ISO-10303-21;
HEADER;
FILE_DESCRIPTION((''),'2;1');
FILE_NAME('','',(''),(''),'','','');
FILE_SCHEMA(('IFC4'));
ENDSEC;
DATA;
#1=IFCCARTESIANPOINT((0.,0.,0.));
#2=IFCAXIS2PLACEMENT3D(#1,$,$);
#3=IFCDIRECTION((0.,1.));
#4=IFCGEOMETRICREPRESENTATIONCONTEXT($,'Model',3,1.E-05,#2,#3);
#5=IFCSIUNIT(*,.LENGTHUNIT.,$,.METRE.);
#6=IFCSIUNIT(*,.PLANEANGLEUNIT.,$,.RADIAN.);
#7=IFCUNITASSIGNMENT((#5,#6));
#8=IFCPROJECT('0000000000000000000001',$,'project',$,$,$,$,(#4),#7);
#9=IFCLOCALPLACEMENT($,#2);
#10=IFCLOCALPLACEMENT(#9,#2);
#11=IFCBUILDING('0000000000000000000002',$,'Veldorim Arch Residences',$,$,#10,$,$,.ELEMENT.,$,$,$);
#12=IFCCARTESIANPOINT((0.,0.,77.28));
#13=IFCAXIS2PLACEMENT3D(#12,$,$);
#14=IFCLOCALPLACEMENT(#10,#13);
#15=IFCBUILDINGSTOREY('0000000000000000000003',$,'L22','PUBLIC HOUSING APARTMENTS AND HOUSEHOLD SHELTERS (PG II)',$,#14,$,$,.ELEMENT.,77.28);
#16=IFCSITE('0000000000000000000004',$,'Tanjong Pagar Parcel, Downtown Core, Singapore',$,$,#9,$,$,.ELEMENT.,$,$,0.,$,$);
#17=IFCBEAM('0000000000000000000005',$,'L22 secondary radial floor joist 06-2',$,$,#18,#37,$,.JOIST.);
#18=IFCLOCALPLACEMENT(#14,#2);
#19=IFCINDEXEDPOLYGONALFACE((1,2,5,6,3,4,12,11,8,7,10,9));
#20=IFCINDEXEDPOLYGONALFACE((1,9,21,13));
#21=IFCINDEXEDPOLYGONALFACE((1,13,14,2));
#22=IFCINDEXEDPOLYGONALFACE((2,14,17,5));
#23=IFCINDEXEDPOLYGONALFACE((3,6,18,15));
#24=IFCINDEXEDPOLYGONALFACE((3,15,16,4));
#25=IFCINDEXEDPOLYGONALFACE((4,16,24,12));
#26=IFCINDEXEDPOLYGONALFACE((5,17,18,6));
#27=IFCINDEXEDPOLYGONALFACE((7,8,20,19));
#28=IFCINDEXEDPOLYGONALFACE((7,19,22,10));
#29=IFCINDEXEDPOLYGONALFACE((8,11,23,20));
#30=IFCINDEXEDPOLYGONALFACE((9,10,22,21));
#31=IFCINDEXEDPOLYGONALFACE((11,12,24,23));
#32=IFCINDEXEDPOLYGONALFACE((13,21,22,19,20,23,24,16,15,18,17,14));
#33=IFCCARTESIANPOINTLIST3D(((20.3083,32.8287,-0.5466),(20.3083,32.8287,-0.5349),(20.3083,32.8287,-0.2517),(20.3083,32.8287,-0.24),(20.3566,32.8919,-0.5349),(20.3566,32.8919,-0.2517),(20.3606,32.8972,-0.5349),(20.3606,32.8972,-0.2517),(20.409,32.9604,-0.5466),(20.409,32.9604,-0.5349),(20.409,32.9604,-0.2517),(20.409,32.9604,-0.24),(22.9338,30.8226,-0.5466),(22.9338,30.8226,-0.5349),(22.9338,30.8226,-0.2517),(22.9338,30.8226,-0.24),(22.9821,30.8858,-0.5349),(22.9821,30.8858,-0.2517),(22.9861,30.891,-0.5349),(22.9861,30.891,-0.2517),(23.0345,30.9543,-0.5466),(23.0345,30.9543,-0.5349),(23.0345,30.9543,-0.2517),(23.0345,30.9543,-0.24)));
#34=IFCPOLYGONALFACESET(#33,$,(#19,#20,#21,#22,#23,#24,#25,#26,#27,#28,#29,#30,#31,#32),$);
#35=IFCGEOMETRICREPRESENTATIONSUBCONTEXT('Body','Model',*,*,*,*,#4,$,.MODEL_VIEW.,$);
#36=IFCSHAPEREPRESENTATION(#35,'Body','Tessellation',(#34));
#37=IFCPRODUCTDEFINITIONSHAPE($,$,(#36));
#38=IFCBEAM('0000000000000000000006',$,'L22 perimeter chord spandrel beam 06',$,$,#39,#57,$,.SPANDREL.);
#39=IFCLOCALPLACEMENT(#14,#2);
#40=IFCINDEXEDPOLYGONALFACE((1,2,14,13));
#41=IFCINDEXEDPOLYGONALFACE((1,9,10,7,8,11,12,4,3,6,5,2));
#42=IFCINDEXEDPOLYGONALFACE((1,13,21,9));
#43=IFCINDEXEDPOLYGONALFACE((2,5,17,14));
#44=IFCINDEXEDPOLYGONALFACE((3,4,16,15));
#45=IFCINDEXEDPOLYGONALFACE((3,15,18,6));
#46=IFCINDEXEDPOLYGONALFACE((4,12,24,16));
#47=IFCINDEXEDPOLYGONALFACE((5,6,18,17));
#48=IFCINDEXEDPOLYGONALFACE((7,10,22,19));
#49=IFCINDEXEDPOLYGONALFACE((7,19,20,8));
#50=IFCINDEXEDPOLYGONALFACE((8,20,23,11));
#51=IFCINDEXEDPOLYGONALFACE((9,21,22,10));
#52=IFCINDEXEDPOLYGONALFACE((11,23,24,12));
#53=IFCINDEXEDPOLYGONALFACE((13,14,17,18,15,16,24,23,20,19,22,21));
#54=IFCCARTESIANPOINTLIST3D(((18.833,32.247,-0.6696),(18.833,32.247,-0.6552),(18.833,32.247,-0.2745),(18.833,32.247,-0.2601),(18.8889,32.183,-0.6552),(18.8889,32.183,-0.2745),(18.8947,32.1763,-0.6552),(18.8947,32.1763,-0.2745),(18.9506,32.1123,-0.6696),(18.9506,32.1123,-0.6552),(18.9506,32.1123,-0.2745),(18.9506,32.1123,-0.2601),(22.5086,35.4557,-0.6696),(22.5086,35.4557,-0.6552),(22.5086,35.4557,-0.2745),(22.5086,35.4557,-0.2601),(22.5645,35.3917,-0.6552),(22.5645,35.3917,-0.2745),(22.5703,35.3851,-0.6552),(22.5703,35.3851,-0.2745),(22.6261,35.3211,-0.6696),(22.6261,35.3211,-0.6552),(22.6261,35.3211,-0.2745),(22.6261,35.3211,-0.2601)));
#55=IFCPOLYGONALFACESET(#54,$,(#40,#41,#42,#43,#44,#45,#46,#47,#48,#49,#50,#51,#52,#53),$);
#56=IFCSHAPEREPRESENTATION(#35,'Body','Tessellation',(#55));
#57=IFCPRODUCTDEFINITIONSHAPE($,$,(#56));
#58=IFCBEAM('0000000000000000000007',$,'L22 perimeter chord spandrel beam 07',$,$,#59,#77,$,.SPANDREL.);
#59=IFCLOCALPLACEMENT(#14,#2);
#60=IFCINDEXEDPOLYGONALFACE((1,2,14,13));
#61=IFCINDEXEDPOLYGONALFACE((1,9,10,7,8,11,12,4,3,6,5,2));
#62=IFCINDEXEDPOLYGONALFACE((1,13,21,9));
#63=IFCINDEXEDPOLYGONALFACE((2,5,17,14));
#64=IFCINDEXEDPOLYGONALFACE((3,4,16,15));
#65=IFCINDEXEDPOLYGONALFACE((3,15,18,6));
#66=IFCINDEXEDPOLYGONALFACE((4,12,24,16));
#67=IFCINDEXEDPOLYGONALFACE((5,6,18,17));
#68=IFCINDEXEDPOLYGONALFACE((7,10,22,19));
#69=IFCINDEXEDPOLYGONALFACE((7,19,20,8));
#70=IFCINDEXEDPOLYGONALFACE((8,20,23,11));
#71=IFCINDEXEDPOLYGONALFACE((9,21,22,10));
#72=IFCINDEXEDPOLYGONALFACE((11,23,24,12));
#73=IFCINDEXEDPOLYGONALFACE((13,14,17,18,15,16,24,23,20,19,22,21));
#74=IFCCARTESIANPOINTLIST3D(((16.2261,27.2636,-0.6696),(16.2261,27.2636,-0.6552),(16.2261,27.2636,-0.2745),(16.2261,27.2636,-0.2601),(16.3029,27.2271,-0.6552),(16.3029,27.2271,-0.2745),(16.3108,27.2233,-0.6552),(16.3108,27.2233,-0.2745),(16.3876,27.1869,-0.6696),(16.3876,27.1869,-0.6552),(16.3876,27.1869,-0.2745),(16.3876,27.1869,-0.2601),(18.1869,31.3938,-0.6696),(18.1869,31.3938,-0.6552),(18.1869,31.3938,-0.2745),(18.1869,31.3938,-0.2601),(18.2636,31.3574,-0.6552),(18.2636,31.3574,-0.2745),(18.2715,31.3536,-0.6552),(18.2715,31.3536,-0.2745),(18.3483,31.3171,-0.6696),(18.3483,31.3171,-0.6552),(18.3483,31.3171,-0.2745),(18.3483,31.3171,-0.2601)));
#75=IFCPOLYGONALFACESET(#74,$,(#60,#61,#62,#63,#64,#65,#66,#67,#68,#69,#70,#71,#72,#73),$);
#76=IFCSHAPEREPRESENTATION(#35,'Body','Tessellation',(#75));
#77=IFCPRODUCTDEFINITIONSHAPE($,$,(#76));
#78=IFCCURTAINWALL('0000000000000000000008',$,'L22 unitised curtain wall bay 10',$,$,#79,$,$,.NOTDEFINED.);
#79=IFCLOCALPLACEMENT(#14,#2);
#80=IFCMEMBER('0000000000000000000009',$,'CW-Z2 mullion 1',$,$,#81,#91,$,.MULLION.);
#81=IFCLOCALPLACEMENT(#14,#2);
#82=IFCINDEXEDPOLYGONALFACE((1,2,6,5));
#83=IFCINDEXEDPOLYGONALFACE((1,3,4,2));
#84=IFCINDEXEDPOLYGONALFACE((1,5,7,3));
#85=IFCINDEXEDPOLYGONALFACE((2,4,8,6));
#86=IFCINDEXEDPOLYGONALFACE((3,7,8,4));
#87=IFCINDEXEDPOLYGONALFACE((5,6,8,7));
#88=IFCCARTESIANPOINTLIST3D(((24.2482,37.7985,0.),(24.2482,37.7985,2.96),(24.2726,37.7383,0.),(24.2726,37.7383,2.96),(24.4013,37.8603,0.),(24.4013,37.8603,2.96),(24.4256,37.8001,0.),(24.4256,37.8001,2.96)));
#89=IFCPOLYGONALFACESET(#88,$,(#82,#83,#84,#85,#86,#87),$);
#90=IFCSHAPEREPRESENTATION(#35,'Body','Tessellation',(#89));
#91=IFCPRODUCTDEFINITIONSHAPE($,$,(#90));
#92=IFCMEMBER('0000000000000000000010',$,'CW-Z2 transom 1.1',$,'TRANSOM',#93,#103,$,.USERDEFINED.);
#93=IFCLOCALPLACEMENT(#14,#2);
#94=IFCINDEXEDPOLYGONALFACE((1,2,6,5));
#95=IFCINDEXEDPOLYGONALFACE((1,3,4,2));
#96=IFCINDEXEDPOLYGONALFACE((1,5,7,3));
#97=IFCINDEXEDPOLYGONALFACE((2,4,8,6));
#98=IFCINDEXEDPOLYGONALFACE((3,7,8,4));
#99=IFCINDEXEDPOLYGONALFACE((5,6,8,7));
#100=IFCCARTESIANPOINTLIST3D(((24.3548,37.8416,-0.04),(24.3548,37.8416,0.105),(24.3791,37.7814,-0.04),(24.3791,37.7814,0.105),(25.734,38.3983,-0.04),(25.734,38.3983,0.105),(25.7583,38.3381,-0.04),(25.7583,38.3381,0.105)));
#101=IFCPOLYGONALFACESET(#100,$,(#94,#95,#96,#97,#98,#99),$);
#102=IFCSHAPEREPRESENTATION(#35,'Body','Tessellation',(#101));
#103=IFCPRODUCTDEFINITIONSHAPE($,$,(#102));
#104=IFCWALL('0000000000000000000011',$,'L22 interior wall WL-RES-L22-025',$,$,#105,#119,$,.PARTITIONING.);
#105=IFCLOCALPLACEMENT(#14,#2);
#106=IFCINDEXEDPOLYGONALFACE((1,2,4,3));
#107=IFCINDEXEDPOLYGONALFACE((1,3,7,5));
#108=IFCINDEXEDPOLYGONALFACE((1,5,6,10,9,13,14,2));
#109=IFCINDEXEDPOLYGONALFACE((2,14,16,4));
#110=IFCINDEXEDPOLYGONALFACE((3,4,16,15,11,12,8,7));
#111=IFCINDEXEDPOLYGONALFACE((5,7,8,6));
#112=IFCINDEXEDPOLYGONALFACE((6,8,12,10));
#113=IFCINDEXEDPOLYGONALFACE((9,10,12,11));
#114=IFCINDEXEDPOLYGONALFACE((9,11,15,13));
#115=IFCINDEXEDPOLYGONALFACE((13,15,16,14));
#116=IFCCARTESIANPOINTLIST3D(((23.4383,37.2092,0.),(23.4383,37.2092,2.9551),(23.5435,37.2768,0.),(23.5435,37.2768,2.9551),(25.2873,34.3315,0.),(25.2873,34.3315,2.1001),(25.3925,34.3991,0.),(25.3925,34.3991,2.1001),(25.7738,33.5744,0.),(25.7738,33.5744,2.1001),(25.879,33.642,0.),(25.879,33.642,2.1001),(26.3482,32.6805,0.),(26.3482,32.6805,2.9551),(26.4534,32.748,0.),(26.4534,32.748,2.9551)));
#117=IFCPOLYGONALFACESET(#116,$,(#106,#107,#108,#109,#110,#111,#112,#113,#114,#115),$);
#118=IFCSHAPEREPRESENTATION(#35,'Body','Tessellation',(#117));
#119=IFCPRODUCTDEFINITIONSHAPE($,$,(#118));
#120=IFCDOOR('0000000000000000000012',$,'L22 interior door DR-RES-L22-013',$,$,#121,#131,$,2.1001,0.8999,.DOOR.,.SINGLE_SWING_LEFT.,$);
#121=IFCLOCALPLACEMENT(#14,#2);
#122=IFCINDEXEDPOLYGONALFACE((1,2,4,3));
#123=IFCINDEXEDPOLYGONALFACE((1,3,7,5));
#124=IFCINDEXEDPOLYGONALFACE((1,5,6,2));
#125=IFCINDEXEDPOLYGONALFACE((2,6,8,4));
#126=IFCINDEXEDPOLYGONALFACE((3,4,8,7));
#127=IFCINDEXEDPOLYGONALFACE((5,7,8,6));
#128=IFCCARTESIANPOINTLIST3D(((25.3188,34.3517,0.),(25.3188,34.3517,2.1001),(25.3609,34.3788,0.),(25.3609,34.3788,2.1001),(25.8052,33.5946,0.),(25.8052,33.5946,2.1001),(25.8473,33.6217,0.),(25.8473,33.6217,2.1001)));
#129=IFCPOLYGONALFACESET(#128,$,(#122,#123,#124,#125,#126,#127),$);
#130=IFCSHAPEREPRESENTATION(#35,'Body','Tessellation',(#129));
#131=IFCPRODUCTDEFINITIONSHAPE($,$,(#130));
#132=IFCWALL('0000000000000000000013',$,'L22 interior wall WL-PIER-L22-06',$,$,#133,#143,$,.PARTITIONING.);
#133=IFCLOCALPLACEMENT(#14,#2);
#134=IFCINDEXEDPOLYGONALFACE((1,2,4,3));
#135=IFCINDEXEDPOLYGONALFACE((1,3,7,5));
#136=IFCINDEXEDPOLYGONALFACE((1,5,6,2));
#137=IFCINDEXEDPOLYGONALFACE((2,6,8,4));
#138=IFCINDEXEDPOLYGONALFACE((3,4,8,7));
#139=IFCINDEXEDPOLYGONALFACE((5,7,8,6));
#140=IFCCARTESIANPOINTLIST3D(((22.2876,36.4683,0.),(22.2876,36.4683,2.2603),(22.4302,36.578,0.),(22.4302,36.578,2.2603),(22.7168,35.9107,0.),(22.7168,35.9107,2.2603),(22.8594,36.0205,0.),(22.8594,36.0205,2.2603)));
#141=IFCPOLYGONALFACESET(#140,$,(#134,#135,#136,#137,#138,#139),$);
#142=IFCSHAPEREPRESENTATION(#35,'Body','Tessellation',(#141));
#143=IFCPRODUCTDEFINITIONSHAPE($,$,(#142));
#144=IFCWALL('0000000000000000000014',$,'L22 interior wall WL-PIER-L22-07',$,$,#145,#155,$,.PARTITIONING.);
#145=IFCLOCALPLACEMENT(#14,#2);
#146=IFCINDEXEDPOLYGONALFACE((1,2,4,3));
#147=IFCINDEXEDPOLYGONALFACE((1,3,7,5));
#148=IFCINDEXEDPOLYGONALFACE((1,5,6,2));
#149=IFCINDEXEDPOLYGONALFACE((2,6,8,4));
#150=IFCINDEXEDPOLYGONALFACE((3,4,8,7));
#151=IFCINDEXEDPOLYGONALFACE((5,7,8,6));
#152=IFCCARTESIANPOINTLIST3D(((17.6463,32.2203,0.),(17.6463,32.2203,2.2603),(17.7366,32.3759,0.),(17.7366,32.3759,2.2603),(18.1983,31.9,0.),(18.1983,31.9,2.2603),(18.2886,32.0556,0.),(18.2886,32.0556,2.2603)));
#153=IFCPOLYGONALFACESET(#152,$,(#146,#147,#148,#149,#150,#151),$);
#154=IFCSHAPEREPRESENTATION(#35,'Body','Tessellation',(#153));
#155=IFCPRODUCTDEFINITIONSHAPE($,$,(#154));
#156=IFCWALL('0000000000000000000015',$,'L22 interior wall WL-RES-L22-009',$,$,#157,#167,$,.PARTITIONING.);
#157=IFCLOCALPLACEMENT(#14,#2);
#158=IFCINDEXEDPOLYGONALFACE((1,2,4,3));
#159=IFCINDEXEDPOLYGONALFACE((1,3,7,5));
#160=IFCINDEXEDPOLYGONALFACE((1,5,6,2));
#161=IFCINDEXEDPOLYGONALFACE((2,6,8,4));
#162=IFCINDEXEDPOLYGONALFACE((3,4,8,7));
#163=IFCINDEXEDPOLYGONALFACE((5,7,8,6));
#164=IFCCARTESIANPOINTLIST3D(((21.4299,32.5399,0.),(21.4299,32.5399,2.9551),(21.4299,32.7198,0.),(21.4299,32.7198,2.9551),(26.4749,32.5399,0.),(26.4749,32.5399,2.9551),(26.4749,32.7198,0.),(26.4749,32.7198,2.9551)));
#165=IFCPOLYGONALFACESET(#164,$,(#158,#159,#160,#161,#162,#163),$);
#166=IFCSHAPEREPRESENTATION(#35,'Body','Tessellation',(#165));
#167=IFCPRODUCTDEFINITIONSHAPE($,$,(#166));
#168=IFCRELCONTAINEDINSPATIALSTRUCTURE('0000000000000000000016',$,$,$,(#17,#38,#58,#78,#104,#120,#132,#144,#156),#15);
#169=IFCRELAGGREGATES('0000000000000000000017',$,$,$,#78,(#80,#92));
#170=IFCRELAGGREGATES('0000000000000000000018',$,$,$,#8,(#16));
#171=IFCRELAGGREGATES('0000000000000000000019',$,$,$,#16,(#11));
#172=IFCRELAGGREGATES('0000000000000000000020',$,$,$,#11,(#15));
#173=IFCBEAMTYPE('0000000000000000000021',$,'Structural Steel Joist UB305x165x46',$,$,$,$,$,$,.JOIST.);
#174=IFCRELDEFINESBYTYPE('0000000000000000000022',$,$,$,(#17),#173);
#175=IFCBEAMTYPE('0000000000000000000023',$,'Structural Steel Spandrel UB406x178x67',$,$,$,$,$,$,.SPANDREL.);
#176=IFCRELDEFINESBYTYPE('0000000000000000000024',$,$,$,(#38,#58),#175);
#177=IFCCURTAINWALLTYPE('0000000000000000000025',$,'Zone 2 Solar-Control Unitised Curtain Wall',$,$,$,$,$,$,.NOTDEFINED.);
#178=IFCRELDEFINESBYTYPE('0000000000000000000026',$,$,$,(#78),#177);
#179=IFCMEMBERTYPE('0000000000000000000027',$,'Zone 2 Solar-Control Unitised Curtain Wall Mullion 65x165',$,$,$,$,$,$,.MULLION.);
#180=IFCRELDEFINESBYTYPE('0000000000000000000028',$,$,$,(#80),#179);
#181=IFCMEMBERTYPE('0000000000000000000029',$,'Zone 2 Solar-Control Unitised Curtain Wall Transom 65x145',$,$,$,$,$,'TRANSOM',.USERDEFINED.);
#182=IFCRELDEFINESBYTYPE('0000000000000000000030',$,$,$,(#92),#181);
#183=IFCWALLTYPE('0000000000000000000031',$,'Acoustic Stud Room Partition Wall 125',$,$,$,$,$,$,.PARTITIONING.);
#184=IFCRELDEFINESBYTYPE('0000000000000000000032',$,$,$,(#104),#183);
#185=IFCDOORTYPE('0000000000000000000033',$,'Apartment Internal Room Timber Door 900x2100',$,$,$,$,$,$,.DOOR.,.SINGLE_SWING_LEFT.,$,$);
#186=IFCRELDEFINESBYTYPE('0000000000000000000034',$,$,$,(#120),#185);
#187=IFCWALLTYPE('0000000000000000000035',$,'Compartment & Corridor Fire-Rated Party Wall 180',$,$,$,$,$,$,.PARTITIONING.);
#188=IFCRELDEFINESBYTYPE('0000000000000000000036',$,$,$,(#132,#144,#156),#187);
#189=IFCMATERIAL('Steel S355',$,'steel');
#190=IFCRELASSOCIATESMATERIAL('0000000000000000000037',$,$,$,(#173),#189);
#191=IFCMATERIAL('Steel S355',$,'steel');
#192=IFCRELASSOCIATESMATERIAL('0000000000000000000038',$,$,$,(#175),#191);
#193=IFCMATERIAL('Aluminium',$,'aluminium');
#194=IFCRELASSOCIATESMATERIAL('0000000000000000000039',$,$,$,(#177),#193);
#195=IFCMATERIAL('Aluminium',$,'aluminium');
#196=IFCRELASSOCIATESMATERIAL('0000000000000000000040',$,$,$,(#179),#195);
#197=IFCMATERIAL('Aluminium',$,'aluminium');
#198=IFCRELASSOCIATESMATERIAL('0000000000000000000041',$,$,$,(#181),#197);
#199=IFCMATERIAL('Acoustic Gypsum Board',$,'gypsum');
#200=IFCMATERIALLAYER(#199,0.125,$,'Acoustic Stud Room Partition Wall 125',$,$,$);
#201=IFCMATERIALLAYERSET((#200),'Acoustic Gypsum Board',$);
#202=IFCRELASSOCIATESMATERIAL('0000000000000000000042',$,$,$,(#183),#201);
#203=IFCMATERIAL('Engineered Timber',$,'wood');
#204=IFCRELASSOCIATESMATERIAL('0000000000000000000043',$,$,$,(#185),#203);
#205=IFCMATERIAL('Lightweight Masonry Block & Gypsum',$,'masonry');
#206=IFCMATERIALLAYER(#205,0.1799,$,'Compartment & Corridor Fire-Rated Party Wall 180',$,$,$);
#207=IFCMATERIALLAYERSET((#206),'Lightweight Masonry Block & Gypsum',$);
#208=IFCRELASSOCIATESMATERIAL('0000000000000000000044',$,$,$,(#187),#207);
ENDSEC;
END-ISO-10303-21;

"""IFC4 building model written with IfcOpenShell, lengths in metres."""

from ifc_helpers import new_model, si_unit, direction, frame, frame_2d, origin, origin_2d, place, context, subcontext, project, spatial, rectangle, i_section, extrude, material, layer, layer_set, material_profile, profile_set, type_object, element, fill, aggregate, save


model = new_model("IFC4")

# Units and contexts
model_context = context("Model", 3, precision=1e-05, world=origin(), true_north=direction((0.0, 1.0)))
body_context = subcontext(model_context, "Body", "Model", "MODEL_VIEW")
ifc_project = project(units=[si_unit("LENGTHUNIT", "METRE"), si_unit("PLANEANGLEUNIT", "RADIAN")], contexts=[model_context])

# Site, building, storey
site_placement = place(None, origin())
site = spatial("IfcSite", under=ifc_project, at=site_placement, Name="Tanjong Pagar Parcel, Downtown Core, Singapore", CompositionType="ELEMENT", RefElevation=0.0)
building_placement = place(site_placement, origin())
building = spatial("IfcBuilding", under=site, at=building_placement, Name="Veldorim Arch Residences", CompositionType="ELEMENT")
storey_placement = place(building_placement, frame((0.0, 0.0, 77.28)))
storey = spatial("IfcBuildingStorey", under=building, at=storey_placement, Name="L22", Description="PUBLIC HOUSING APARTMENTS AND HOUSEHOLD SHELTERS (PG II)", CompositionType="ELEMENT", Elevation=77.28)

# Beams
ifc_material_1 = material(Name="Steel S355", Category="steel")
ifc_material_profile_1 = material_profile(ifc_material_1, i_section(OverallWidth=0.1658, OverallDepth=0.3066, WebThickness=0.0066, FlangeThickness=0.0117, at=origin_2d()), Name="UB305x165x46")
ifc_profile_set_1 = profile_set([ifc_material_profile_1], Name="Steel S355")
beam_type_1 = type_object("IfcBeamType", Name="Structural Steel Joist UB305x165x46", PredefinedType="JOIST", material=ifc_profile_set_1)
beam_1_placement = place(storey_placement, frame((22.9841, 30.8884, -0.3933), z_axis=(-0.794595, 0.60714, 0.0), x_axis=(-0.60714, -0.794595, 0.0)))
element("IfcBeam", 1, at=beam_1_placement, inside=storey, type_object=beam_type_1, Name="L22 secondary radial floor joist 06-2", PredefinedType="JOIST", context=body_context, shape_type="SweptSolid", body=[
    extrude(i_section(OverallWidth=0.1658, OverallDepth=0.3066, WebThickness=0.0066, FlangeThickness=0.0117, at=origin_2d()), origin(), (0.0, 0.0, 1.0), 3.3042),
])
ifc_material_2 = material(Name="Steel S355", Category="steel")
ifc_material_profile_2 = material_profile(ifc_material_2, i_section(OverallWidth=0.1787, OverallDepth=0.4094, WebThickness=0.0088, FlangeThickness=0.0144, at=origin_2d()), Name="UB406x178x67")
ifc_profile_set_2 = profile_set([ifc_material_profile_2], Name="Steel S355")
beam_type_2 = type_object("IfcBeamType", Name="Structural Steel Spandrel UB406x178x67", PredefinedType="SPANDREL", material=ifc_profile_set_2)
beam_2_placement = place(storey_placement, frame((22.5674, 35.3884, -0.4648), z_axis=(-0.753323, -0.65765, 0.0), x_axis=(0.65765, -0.753323, 0.0)))
element("IfcBeam", 2, at=beam_2_placement, inside=storey, type_object=beam_type_2, Name="L22 perimeter chord spandrel beam 06", PredefinedType="SPANDREL", context=body_context, shape_type="SweptSolid", body=[
    extrude(i_section(OverallWidth=0.1787, OverallDepth=0.4094, WebThickness=0.0088, FlangeThickness=0.0144, at=origin_2d()), origin(), (0.0, 0.0, 1.0), 4.8792),
])
beam_3_placement = place(storey_placement, frame((18.2676, 31.3555, -0.4648), z_axis=(-0.428857, -0.903372, 0.0), x_axis=(0.903372, -0.428857, 0.0)))
element("IfcBeam", 3, at=beam_3_placement, inside=storey, type_object=beam_type_2, Name="L22 perimeter chord spandrel beam 07", PredefinedType="SPANDREL", context=body_context, shape_type="SweptSolid", body=[
    extrude(i_section(OverallWidth=0.1787, OverallDepth=0.4094, WebThickness=0.0088, FlangeThickness=0.0144, at=origin_2d()), origin(), (0.0, 0.0, 1.0), 4.572),
])

# Curtain wall, members
ifc_material_3 = material(Name="Aluminium", Category="aluminium")
curtain_wall_type = type_object("IfcCurtainWallType", Name="Zone 2 Solar-Control Unitised Curtain Wall", PredefinedType="NOTDEFINED", material=ifc_material_3)
curtain_wall_placement = place(storey_placement, origin())
curtain_wall = element("IfcCurtainWall", 4, at=curtain_wall_placement, inside=storey, type_object=curtain_wall_type, Name="L22 unitised curtain wall bay 10", PredefinedType="NOTDEFINED")
ifc_material_4 = material(Name="Aluminium", Category="aluminium")
ifc_material_profile_3 = material_profile(ifc_material_4, rectangle(XDim=0.0649, YDim=0.165, at=origin_2d()), Name="ALU_MUL_65x165")
ifc_profile_set_3 = profile_set([ifc_material_profile_3], Name="Aluminium")
member_type_1 = type_object("IfcMemberType", Name="Zone 2 Solar-Control Unitised Curtain Wall Mullion 65x165", PredefinedType="MULLION", material=ifc_profile_set_3)
member_1_placement = place(storey_placement, frame((24.3369, 37.7993, 0.0), z_axis=(0.0, 0.0, 1.0), x_axis=(-0.374353, 0.927286, 0.0)))
member_1 = element("IfcMember", 5, at=member_1_placement, type_object=member_type_1, Name="CW-Z2 mullion 1", PredefinedType="MULLION", context=body_context, shape_type="SweptSolid", body=[
    extrude(rectangle(XDim=0.0649, YDim=0.165, at=origin_2d()), origin(), (0.0, 0.0, 1.0), 2.96),
])
ifc_material_5 = material(Name="Aluminium", Category="aluminium")
ifc_material_profile_4 = material_profile(ifc_material_5, rectangle(XDim=0.0649, YDim=0.145, at=origin_2d()), Name="ALU_TRN_65x145")
ifc_profile_set_4 = profile_set([ifc_material_profile_4], Name="Aluminium")
member_type_2 = type_object("IfcMemberType", Name="Zone 2 Solar-Control Unitised Curtain Wall Transom 65x145", ElementType="TRANSOM", PredefinedType="USERDEFINED", material=ifc_profile_set_4)
member_2_placement = place(storey_placement, frame((24.3669, 37.8115, 0.0325), z_axis=(0.927317, 0.374276, 0.0), x_axis=(-0.374276, 0.927317, 0.0)))
member_2 = element("IfcMember", 6, at=member_2_placement, type_object=member_type_2, Name="CW-Z2 transom 1.1", ObjectType="TRANSOM", PredefinedType="USERDEFINED", context=body_context, shape_type="SweptSolid", body=[
    extrude(rectangle(XDim=0.0649, YDim=0.145, at=origin_2d()), origin(), (0.0, 0.0, 1.0), 1.4873),
])
aggregate(curtain_wall, [member_1, member_2])

# Wall, opening, door
ifc_material_6 = material(Name="Acoustic Gypsum Board", Category="gypsum")
ifc_layer_1 = layer(ifc_material_6, 0.125, Name="Acoustic Stud Room Partition Wall 125")
ifc_layer_set_1 = layer_set([ifc_layer_1], Name="Acoustic Gypsum Board")
wall_type_1 = type_object("IfcWallType", Name="Acoustic Stud Room Partition Wall 125", PredefinedType="PARTITIONING", material=ifc_layer_set_1)
wall_1_placement = place(storey_placement, frame((23.491, 37.2429, 0.0), z_axis=(0.0, 0.0, 1.0), x_axis=(0.540565, -0.841302, 0.0)))
wall_1 = element("IfcWall", 7, at=wall_1_placement, inside=storey, type_object=wall_type_1, Name="L22 interior wall WL-RES-L22-025", PredefinedType="PARTITIONING", context=body_context, shape_type="SweptSolid", body=[
    extrude(rectangle(XDim=5.3831, YDim=0.125, at=frame_2d((2.6914, 0.0))), origin(), (0.0, 0.0, 1.0), 2.9551),
])
opening_1_placement = place(wall_1_placement, frame((3.4204, 0.0, 0.0)))
opening_1 = element("IfcOpeningElement", 8, at=opening_1_placement, cuts=wall_1, PredefinedType="OPENING", context=body_context, shape_type="SweptSolid", body=[
    extrude(rectangle(XDim=0.8999, YDim=2.1001, at=frame_2d((0.45, 1.05))), frame((0.0, 0.0725, 0.0), z_axis=(0.0, -1.0, 0.0), x_axis=(1.0, 0.0, 0.0)), (0.0, 0.0, 1.0), 0.145),
])
ifc_material_7 = material(Name="Engineered Timber", Category="wood")
door_type_1 = type_object("IfcDoorType", Name="Apartment Internal Room Timber Door 900x2100", OperationType="SINGLE_SWING_LEFT", PredefinedType="DOOR", material=ifc_material_7)
door_1_placement = place(opening_1_placement, origin())
door_1 = element("IfcDoor", 9, at=door_1_placement, inside=storey, type_object=door_type_1, Name="L22 interior door DR-RES-L22-013", OperationType="SINGLE_SWING_LEFT", OverallHeight=2.1001, OverallWidth=0.8999, PredefinedType="DOOR", context=body_context, shape_type="SweptSolid", body=[
    extrude(rectangle(XDim=0.8999, YDim=2.1001, at=frame_2d((0.45, 1.05))), frame((0.0, 0.0249, 0.0), z_axis=(0.0, -1.0, 0.0), x_axis=(1.0, 0.0, 0.0)), (0.0, 0.0, 1.0), 0.05),
])
fill(opening_1, door_1)

# Walls
ifc_material_8 = material(Name="Lightweight Masonry Block & Gypsum", Category="masonry")
ifc_layer_2 = layer(ifc_material_8, 0.1799, Name="Compartment & Corridor Fire-Rated Party Wall 180")
ifc_layer_set_2 = layer_set([ifc_layer_2], Name="Lightweight Masonry Block & Gypsum")
wall_type_2 = type_object("IfcWallType", Name="Compartment & Corridor Fire-Rated Party Wall 180", PredefinedType="PARTITIONING", material=ifc_layer_set_2)
wall_2_placement = place(storey_placement, frame((22.7881, 35.9656, 0.0), z_axis=(0.0, 0.0, 1.0), x_axis=(-0.609945, 0.792443, 0.0)))
element("IfcWall", 10, at=wall_2_placement, inside=storey, type_object=wall_type_2, Name="L22 interior wall WL-PIER-L22-06", PredefinedType="PARTITIONING", context=body_context, shape_type="SweptSolid", body=[
    extrude(rectangle(XDim=0.7036, YDim=0.1799, at=frame_2d((0.3518, 0.0))), origin(), (0.0, 0.0, 1.0), 2.2603),
])
wall_3_placement = place(storey_placement, frame((18.2434, 31.9778, 0.0), z_axis=(0.0, 0.0, 1.0), x_axis=(-0.864928, 0.501896, 0.0)))
element("IfcWall", 11, at=wall_3_placement, inside=storey, type_object=wall_type_2, Name="L22 interior wall WL-PIER-L22-07", PredefinedType="PARTITIONING", context=body_context, shape_type="SweptSolid", body=[
    extrude(rectangle(XDim=0.6382, YDim=0.1799, at=frame_2d((0.3191, 0.0))), origin(), (0.0, 0.0, 1.0), 2.2603),
])
wall_4_placement = place(storey_placement, frame((21.4299, 32.6299, 0.0), z_axis=(0.0, 0.0, 1.0), x_axis=(1.0, 0.0, 0.0)))
element("IfcWall", 12, at=wall_4_placement, inside=storey, type_object=wall_type_2, Name="L22 interior wall WL-RES-L22-009", PredefinedType="PARTITIONING", context=body_context, shape_type="SweptSolid", body=[
    extrude(rectangle(XDim=5.0449, YDim=0.1799, at=frame_2d((2.5225, 0.0))), origin(), (0.0, 0.0, 1.0), 2.9551),
])

save(model, "model.ifc")
